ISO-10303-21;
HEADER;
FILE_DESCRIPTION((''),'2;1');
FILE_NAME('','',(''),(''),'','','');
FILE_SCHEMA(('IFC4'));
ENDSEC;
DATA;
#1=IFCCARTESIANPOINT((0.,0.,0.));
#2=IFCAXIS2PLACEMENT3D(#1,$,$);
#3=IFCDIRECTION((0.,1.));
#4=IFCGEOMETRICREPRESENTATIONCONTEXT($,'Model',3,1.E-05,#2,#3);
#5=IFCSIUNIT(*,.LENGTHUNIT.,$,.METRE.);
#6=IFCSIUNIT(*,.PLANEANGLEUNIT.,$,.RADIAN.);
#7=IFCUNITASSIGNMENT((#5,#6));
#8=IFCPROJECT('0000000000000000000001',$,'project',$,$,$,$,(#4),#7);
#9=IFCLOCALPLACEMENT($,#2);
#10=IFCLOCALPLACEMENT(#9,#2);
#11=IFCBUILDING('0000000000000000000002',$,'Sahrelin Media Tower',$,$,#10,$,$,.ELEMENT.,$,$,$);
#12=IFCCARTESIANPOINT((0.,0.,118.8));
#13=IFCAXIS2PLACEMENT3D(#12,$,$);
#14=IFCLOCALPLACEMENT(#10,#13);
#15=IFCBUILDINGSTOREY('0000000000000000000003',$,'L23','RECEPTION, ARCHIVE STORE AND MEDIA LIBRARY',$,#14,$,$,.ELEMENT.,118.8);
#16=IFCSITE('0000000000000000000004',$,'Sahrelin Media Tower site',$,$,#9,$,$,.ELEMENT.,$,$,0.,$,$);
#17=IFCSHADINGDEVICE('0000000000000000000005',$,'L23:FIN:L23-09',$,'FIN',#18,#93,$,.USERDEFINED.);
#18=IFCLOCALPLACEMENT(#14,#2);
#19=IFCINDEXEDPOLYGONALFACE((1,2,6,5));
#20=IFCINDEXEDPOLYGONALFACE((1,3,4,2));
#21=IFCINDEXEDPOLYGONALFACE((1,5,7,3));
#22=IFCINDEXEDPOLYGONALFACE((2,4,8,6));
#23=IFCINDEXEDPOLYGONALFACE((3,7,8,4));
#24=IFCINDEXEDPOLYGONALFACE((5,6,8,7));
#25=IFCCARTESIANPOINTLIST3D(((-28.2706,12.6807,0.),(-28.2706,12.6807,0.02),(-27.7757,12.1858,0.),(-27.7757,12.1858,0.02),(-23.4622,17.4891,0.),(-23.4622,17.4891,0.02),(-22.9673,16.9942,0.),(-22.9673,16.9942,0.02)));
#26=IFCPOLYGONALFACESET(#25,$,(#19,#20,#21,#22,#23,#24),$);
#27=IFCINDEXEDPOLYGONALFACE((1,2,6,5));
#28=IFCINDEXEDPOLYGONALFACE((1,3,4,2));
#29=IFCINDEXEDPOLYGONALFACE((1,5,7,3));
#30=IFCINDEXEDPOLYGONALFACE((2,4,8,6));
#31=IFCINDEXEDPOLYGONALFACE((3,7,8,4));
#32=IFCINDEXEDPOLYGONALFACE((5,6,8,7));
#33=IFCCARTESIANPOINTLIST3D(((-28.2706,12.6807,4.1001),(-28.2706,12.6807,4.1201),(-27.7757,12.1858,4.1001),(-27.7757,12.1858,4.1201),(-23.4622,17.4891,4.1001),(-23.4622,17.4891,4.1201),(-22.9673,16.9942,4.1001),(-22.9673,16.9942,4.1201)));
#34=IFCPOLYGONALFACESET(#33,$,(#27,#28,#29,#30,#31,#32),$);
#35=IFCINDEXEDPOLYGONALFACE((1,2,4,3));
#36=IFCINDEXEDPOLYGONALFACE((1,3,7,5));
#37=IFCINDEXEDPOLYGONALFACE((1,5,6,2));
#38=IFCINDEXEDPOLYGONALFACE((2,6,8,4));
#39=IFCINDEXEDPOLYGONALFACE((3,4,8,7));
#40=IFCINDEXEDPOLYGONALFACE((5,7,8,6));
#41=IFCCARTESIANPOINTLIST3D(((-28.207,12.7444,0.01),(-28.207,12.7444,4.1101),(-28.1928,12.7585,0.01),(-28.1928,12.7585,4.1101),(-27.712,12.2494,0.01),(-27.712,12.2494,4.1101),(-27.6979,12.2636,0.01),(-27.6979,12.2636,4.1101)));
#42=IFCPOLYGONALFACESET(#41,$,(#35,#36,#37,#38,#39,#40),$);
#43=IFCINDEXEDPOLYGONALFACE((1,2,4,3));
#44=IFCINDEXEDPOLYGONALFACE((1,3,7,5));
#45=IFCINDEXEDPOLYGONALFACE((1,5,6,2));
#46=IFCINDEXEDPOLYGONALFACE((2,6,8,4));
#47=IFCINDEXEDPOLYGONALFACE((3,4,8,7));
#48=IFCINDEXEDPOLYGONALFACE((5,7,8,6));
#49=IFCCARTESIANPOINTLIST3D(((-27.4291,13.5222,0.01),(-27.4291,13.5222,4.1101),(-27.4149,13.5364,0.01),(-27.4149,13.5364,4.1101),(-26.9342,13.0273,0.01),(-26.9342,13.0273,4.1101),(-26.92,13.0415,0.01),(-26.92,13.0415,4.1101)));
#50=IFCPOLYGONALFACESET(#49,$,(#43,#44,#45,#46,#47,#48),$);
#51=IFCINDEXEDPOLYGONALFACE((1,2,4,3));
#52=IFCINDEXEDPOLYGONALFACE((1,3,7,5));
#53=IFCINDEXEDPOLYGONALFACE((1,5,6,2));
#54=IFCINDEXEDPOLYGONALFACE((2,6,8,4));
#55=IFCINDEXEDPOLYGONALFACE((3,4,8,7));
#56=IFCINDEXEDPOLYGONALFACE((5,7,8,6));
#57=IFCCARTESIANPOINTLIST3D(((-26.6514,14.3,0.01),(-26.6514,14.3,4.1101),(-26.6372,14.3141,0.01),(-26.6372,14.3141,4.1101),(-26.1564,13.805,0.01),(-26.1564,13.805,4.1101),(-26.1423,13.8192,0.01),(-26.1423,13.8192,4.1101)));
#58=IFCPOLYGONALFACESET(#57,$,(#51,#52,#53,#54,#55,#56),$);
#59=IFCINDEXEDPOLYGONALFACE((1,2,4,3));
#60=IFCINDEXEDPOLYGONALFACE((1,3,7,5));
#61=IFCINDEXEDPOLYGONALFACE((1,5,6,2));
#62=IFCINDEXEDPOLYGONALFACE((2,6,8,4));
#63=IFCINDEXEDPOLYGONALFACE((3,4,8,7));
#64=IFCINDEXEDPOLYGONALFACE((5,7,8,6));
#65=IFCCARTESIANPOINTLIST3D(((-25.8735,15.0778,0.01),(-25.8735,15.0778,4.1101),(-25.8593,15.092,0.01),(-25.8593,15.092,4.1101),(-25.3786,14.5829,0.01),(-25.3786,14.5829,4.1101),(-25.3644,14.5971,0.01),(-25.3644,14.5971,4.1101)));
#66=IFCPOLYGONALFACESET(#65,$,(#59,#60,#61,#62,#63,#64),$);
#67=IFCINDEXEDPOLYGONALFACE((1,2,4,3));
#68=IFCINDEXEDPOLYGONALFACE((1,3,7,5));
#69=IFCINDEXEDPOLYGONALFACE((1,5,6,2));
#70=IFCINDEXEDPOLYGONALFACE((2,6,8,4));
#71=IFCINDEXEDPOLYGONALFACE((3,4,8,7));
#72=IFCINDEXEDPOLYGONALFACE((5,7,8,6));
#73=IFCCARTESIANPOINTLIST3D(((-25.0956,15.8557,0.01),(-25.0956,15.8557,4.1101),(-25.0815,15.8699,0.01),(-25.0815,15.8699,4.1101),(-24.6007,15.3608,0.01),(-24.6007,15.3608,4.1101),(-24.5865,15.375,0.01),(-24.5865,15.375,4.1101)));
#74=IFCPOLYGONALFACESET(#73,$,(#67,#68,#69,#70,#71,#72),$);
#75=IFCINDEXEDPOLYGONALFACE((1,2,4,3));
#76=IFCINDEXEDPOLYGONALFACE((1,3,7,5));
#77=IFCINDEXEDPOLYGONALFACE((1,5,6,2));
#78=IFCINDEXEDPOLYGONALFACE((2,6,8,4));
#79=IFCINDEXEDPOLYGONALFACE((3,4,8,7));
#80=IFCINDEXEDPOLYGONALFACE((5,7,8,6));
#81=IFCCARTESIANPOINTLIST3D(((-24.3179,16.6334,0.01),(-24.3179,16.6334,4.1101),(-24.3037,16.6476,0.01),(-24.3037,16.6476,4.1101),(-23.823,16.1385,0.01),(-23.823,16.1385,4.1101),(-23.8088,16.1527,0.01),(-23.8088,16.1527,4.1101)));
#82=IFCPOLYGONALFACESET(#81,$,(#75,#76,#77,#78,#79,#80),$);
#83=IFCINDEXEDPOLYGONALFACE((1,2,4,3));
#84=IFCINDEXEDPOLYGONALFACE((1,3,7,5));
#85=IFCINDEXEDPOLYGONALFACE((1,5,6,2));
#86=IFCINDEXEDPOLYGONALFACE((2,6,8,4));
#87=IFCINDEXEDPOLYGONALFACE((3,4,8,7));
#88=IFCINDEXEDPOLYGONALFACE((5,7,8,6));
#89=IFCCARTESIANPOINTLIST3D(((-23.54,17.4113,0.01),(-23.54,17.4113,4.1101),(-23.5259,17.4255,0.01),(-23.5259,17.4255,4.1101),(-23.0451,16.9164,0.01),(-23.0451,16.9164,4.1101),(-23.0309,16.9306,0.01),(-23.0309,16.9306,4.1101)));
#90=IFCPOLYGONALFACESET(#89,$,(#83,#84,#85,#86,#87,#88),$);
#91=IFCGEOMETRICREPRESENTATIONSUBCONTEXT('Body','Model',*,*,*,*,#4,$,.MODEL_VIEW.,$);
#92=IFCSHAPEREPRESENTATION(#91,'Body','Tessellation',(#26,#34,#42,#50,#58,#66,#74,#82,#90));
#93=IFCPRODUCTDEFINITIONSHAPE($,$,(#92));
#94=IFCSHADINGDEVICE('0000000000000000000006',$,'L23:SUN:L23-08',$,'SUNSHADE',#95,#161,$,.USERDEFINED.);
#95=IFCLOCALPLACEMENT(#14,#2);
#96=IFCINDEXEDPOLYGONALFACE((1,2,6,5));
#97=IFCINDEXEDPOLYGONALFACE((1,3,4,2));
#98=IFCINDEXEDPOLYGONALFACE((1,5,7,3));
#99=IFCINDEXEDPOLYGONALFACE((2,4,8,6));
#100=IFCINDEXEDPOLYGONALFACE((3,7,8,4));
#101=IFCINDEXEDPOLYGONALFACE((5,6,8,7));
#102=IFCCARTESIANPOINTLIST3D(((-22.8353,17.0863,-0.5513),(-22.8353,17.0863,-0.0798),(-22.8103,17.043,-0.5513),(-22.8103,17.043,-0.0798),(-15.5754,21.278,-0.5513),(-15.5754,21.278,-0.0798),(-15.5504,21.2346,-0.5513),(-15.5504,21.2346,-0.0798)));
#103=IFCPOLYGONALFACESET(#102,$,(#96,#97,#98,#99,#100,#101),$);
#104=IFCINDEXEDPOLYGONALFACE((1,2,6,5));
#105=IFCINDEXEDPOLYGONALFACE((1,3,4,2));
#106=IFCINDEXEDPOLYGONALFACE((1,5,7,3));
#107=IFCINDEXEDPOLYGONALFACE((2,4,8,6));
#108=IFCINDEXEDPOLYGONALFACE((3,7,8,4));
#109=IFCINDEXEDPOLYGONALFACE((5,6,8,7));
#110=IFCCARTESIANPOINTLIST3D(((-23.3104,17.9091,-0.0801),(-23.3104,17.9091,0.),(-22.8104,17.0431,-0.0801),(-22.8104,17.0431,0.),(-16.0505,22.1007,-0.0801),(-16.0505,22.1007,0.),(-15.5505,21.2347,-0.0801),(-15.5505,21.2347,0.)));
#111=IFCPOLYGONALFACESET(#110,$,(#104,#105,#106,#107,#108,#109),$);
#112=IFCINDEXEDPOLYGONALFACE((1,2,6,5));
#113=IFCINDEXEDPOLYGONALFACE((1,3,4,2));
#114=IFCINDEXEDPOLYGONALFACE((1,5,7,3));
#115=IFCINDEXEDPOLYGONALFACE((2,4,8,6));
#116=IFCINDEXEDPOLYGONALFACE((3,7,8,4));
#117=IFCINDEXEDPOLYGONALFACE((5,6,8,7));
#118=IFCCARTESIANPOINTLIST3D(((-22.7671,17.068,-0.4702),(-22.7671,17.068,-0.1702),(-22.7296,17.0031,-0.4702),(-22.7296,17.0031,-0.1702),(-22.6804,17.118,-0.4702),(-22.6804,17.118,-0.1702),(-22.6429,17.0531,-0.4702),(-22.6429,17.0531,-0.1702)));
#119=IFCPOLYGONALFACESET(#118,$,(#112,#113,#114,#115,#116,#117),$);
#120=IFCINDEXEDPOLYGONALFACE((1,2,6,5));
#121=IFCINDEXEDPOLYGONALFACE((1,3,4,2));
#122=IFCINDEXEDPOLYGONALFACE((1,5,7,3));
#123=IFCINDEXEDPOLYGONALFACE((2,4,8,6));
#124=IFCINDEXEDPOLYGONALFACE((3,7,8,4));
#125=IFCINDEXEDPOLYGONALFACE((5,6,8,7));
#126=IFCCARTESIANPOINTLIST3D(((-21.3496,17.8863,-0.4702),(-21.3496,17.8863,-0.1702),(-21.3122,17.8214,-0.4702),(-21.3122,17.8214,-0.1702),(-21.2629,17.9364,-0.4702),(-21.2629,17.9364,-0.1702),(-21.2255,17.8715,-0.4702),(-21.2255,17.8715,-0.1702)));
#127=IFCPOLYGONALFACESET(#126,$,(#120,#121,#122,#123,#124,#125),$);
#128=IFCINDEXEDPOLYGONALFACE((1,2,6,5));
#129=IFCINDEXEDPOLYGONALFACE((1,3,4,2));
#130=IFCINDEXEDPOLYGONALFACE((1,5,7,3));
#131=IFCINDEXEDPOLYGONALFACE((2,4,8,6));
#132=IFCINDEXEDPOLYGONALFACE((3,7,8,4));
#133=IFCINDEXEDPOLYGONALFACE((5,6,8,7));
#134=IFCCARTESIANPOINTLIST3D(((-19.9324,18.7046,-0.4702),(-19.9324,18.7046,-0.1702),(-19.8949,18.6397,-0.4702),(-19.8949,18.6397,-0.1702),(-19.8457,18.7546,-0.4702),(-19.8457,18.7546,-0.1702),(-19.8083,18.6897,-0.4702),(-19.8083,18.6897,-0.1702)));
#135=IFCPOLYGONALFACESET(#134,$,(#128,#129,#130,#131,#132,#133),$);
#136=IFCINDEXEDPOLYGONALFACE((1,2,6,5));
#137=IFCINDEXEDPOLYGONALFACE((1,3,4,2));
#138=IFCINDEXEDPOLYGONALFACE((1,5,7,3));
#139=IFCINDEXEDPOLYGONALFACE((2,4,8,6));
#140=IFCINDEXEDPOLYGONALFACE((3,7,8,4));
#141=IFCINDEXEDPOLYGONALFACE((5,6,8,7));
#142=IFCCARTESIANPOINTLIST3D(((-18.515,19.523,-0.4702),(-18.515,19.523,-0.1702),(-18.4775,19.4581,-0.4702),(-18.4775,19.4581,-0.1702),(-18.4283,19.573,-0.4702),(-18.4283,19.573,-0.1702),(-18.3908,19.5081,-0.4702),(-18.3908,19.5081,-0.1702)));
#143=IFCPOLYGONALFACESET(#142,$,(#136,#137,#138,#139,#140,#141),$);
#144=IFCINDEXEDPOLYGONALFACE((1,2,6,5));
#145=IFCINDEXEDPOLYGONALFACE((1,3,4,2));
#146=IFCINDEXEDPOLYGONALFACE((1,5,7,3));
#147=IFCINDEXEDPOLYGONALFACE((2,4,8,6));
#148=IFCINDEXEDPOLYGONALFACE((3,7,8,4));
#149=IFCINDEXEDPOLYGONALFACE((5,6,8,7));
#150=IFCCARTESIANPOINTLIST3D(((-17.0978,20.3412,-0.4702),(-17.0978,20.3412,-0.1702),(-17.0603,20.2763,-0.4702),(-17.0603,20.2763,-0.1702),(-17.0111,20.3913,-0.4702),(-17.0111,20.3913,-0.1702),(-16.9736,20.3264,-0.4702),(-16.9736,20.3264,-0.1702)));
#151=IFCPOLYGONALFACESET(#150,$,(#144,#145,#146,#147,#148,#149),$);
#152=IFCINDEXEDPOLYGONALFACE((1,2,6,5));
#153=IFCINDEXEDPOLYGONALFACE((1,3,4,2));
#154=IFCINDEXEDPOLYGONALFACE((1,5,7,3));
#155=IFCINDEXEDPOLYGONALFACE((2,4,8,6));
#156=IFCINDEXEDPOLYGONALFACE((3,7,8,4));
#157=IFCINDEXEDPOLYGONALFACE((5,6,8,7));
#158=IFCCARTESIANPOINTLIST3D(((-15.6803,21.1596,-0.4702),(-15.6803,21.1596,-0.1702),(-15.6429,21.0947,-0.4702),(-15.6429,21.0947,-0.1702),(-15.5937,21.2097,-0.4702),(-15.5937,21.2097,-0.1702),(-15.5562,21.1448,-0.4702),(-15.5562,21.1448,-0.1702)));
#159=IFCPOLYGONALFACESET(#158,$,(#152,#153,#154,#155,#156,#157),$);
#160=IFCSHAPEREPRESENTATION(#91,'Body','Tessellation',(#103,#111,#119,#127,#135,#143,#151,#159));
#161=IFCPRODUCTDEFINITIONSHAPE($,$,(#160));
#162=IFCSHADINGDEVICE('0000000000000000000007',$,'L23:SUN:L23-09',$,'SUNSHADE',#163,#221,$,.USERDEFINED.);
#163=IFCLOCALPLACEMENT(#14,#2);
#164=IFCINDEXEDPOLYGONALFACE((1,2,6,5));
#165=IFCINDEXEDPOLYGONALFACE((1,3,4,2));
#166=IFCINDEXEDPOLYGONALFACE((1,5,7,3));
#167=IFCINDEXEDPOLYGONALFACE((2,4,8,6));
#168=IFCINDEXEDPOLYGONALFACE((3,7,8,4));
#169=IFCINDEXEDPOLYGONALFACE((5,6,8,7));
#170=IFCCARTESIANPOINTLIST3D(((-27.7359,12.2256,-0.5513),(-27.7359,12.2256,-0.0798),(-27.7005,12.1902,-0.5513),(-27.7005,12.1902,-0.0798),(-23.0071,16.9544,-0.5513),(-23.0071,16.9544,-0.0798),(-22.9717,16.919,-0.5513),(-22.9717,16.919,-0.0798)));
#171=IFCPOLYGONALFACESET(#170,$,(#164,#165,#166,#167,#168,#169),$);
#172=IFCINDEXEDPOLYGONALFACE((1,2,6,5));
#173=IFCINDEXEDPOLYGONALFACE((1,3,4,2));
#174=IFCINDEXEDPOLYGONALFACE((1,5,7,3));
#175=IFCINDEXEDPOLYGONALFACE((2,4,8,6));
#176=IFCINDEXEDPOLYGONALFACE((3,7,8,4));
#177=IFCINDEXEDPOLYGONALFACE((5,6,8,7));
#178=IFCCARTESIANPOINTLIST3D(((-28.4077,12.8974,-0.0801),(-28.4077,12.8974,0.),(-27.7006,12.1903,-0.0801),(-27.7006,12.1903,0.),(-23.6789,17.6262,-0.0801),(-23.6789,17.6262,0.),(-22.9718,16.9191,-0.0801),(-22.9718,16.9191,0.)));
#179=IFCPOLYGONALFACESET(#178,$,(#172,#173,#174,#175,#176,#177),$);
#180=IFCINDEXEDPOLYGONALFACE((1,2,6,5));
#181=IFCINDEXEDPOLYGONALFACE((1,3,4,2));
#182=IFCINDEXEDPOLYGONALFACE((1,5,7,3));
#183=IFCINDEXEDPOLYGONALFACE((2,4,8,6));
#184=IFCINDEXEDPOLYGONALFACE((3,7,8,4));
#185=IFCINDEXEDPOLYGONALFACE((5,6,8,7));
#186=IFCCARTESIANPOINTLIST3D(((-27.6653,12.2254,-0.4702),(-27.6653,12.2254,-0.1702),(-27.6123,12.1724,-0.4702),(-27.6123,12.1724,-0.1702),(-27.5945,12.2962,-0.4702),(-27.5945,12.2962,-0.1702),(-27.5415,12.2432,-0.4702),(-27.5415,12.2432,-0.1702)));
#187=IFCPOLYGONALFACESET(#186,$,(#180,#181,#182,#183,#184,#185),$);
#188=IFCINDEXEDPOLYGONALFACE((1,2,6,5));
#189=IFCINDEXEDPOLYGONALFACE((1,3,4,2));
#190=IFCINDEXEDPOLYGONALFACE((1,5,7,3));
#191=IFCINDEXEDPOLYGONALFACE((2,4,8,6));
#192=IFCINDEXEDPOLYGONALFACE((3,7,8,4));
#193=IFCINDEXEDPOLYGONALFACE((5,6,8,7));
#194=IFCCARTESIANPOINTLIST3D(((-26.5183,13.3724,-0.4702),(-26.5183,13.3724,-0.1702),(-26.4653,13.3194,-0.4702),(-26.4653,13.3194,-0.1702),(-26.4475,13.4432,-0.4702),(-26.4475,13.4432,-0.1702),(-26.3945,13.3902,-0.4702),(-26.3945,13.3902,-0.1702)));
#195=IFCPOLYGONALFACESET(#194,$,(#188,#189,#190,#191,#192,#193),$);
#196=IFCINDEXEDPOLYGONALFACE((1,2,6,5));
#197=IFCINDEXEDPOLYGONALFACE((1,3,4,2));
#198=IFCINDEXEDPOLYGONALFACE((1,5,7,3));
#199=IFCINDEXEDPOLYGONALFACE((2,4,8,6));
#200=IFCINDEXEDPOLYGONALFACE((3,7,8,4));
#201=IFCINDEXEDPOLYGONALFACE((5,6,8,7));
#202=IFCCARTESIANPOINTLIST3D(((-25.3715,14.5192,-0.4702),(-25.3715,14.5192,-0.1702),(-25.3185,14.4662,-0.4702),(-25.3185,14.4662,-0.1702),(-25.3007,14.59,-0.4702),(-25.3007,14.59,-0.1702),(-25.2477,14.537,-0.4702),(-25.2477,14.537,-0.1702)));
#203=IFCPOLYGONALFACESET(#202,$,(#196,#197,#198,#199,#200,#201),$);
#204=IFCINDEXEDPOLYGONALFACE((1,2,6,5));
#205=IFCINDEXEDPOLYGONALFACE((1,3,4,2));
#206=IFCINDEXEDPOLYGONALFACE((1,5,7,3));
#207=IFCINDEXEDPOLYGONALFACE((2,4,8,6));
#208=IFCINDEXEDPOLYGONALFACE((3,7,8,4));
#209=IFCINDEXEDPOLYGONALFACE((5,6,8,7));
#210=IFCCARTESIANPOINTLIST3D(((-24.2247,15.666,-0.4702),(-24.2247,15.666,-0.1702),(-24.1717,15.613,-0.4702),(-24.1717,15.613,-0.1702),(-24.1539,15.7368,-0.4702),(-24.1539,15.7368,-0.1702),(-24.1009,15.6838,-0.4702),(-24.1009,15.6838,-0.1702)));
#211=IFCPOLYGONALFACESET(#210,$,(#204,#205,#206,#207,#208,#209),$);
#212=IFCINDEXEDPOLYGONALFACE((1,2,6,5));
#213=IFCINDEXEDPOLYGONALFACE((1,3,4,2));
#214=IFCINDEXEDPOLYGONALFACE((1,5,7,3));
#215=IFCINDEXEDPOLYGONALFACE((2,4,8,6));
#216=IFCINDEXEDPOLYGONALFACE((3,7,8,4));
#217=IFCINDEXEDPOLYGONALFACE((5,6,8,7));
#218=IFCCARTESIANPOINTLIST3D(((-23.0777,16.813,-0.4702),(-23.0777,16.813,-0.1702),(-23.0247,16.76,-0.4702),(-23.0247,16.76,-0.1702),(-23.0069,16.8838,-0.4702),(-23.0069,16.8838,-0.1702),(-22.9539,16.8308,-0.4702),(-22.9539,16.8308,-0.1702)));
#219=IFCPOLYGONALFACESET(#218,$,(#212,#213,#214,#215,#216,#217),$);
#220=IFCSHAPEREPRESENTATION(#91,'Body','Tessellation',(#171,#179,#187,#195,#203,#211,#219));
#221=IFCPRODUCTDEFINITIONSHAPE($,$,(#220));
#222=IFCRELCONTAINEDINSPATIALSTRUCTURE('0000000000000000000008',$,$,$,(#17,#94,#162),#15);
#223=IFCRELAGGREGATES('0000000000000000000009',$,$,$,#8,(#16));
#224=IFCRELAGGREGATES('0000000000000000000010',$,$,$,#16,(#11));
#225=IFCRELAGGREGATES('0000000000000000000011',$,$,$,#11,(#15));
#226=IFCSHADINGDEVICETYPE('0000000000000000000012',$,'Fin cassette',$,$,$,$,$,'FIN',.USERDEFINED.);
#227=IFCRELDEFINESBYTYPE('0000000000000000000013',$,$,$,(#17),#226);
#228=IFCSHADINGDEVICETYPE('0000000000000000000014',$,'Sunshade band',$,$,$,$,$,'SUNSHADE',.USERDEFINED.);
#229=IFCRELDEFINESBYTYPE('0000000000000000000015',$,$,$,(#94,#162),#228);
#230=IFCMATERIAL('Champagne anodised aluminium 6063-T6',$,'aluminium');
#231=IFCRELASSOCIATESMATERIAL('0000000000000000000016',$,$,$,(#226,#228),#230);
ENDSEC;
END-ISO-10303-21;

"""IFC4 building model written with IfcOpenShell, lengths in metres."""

from ifc_helpers import new_model, si_unit, direction, frame, origin, origin_2d, place, context, subcontext, project, spatial, rectangle, extrude, material, type_object, element, save


model = new_model("IFC4")

# Units and contexts
model_context = context("Model", 3, precision=1e-05, world=origin(), true_north=direction((0.0, 1.0)))
body_context = subcontext(model_context, "Body", "Model", "MODEL_VIEW")
ifc_project = project(units=[si_unit("LENGTHUNIT", "METRE"), si_unit("PLANEANGLEUNIT", "RADIAN")], contexts=[model_context])

# Site, building, storey
site_placement = place(None, origin())
site = spatial("IfcSite", under=ifc_project, at=site_placement, Name="Sahrelin Media Tower site", CompositionType="ELEMENT", RefElevation=0.0)
building_placement = place(site_placement, origin())
building = spatial("IfcBuilding", under=site, at=building_placement, Name="Sahrelin Media Tower", CompositionType="ELEMENT")
storey_placement = place(building_placement, frame((0.0, 0.0, 118.8)))
storey = spatial("IfcBuildingStorey", under=building, at=storey_placement, Name="L23", Description="RECEPTION, ARCHIVE STORE AND MEDIA LIBRARY", CompositionType="ELEMENT", Elevation=118.8)

# Shared definitions
ifc_material_1 = material(Name="Champagne anodised aluminium 6063-T6", Category="aluminium")

# Shading devices
shading_device_type_1 = type_object("IfcShadingDeviceType", Name="Fin cassette", ElementType="FIN", PredefinedType="USERDEFINED", material=ifc_material_1)
placement_1 = place(storey_placement, frame((-19.1704, 19.1216, 0.0), z_axis=(0.0, 0.0, 1.0), x_axis=(0.866019, 0.500011, 0.0)))
placement_2 = place(storey_placement, frame((-25.322, 14.5405, 0.0), z_axis=(0.0, 0.0, 1.0), x_axis=(0.707107, 0.707107, 0.0)))
element("IfcShadingDevice", 1, at=placement_2, inside=storey, type_object=shading_device_type_1, Name="L23:FIN:L23-09", ObjectType="FIN", PredefinedType="USERDEFINED", context=body_context, shape_type="SweptSolid", body=[
    extrude(rectangle(XDim=6.8, YDim=0.7, at=origin_2d()), frame((0.0, 0.4199, 0.0)), (0.0, 0.0, 1.0), 0.02),
    extrude(rectangle(XDim=6.8, YDim=0.7, at=origin_2d()), frame((0.0, 0.4199, 4.1001)), (0.0, 0.0, 1.0), 0.02),
    extrude(rectangle(XDim=0.02, YDim=0.7, at=origin_2d()), frame((-3.3, 0.4199, 0.01), z_axis=(0.0, 0.0, 1.0), x_axis=(1.0, 0.0, 0.0)), (0.0, 0.0, 1.0), 4.1001),
    extrude(rectangle(XDim=0.02, YDim=0.7, at=origin_2d()), frame((-2.2, 0.4199, 0.01), z_axis=(0.0, 0.0, 1.0), x_axis=(1.0, 0.0, 0.0)), (0.0, 0.0, 1.0), 4.1001),
    extrude(rectangle(XDim=0.02, YDim=0.7, at=origin_2d()), frame((-1.1001, 0.4199, 0.01), z_axis=(0.0, 0.0, 1.0), x_axis=(1.0, 0.0, 0.0)), (0.0, 0.0, 1.0), 4.1001),
    extrude(rectangle(XDim=0.02, YDim=0.7, at=origin_2d()), frame((0.0, 0.4199, 0.01), z_axis=(0.0, 0.0, 1.0), x_axis=(1.0, 0.0, 0.0)), (0.0, 0.0, 1.0), 4.1001),
    extrude(rectangle(XDim=0.02, YDim=0.7, at=origin_2d()), frame((1.1001, 0.4199, 0.01), z_axis=(0.0, 0.0, 1.0), x_axis=(1.0, 0.0, 0.0)), (0.0, 0.0, 1.0), 4.1001),
    extrude(rectangle(XDim=0.02, YDim=0.7, at=origin_2d()), frame((2.2, 0.4199, 0.01), z_axis=(0.0, 0.0, 1.0), x_axis=(1.0, 0.0, 0.0)), (0.0, 0.0, 1.0), 4.1001),
    extrude(rectangle(XDim=0.02, YDim=0.7, at=origin_2d()), frame((3.3, 0.4199, 0.01), z_axis=(0.0, 0.0, 1.0), x_axis=(1.0, 0.0, 0.0)), (0.0, 0.0, 1.0), 4.1001),
])
shading_device_type_2 = type_object("IfcShadingDeviceType", Name="Sunshade band", ElementType="SUNSHADE", PredefinedType="USERDEFINED", material=ifc_material_1)
element("IfcShadingDevice", 2, at=placement_1, inside=storey, type_object=shading_device_type_2, Name="L23:SUN:L23-08", ObjectType="SUNSHADE", PredefinedType="USERDEFINED", context=body_context, shape_type="SweptSolid", body=[
    extrude(rectangle(XDim=8.3831, YDim=0.05, at=origin_2d()), frame((0.0, 0.0449, -0.5513)), (0.0, 0.0, 1.0), 0.4714),
    extrude(rectangle(XDim=8.3831, YDim=1.0, at=origin_2d()), frame((0.0, 0.52, -0.0801)), (0.0, 0.0, 1.0), 0.0801),
    extrude(rectangle(XDim=0.1001, YDim=0.075, at=origin_2d()), frame((-4.0916, -0.0176, -0.4702)), (0.0, 0.0, 1.0), 0.3),
    extrude(rectangle(XDim=0.1001, YDim=0.075, at=origin_2d()), frame((-2.4548, -0.0176, -0.4702)), (0.0, 0.0, 1.0), 0.3),
    extrude(rectangle(XDim=0.1001, YDim=0.075, at=origin_2d()), frame((-0.8184, -0.0176, -0.4702)), (0.0, 0.0, 1.0), 0.3),
    extrude(rectangle(XDim=0.1001, YDim=0.075, at=origin_2d()), frame((0.8184, -0.0176, -0.4702)), (0.0, 0.0, 1.0), 0.3),
    extrude(rectangle(XDim=0.1001, YDim=0.075, at=origin_2d()), frame((2.4548, -0.0176, -0.4702)), (0.0, 0.0, 1.0), 0.3),
    extrude(rectangle(XDim=0.1001, YDim=0.075, at=origin_2d()), frame((4.0916, -0.0176, -0.4702)), (0.0, 0.0, 1.0), 0.3),
])
element("IfcShadingDevice", 3, at=placement_2, inside=storey, type_object=shading_device_type_2, Name="L23:SUN:L23-09", ObjectType="SUNSHADE", PredefinedType="USERDEFINED", context=body_context, shape_type="SweptSolid", body=[
    extrude(rectangle(XDim=6.6875, YDim=0.05, at=origin_2d()), frame((0.0, 0.0449, -0.5513)), (0.0, 0.0, 1.0), 0.4714),
    extrude(rectangle(XDim=6.6875, YDim=1.0, at=origin_2d()), frame((0.0, 0.52, -0.0801)), (0.0, 0.0, 1.0), 0.0801),
    extrude(rectangle(XDim=0.1001, YDim=0.075, at=origin_2d()), frame((-3.2439, -0.0176, -0.4702)), (0.0, 0.0, 1.0), 0.3),
    extrude(rectangle(XDim=0.1001, YDim=0.075, at=origin_2d()), frame((-1.6218, -0.0176, -0.4702)), (0.0, 0.0, 1.0), 0.3),
    extrude(rectangle(XDim=0.1001, YDim=0.075, at=origin_2d()), frame((0.0, -0.0176, -0.4702)), (0.0, 0.0, 1.0), 0.3),
    extrude(rectangle(XDim=0.1001, YDim=0.075, at=origin_2d()), frame((1.6218, -0.0176, -0.4702)), (0.0, 0.0, 1.0), 0.3),
    extrude(rectangle(XDim=0.1001, YDim=0.075, at=origin_2d()), frame((3.2439, -0.0176, -0.4702)), (0.0, 0.0, 1.0), 0.3),
])

save(model, "model.ifc")
